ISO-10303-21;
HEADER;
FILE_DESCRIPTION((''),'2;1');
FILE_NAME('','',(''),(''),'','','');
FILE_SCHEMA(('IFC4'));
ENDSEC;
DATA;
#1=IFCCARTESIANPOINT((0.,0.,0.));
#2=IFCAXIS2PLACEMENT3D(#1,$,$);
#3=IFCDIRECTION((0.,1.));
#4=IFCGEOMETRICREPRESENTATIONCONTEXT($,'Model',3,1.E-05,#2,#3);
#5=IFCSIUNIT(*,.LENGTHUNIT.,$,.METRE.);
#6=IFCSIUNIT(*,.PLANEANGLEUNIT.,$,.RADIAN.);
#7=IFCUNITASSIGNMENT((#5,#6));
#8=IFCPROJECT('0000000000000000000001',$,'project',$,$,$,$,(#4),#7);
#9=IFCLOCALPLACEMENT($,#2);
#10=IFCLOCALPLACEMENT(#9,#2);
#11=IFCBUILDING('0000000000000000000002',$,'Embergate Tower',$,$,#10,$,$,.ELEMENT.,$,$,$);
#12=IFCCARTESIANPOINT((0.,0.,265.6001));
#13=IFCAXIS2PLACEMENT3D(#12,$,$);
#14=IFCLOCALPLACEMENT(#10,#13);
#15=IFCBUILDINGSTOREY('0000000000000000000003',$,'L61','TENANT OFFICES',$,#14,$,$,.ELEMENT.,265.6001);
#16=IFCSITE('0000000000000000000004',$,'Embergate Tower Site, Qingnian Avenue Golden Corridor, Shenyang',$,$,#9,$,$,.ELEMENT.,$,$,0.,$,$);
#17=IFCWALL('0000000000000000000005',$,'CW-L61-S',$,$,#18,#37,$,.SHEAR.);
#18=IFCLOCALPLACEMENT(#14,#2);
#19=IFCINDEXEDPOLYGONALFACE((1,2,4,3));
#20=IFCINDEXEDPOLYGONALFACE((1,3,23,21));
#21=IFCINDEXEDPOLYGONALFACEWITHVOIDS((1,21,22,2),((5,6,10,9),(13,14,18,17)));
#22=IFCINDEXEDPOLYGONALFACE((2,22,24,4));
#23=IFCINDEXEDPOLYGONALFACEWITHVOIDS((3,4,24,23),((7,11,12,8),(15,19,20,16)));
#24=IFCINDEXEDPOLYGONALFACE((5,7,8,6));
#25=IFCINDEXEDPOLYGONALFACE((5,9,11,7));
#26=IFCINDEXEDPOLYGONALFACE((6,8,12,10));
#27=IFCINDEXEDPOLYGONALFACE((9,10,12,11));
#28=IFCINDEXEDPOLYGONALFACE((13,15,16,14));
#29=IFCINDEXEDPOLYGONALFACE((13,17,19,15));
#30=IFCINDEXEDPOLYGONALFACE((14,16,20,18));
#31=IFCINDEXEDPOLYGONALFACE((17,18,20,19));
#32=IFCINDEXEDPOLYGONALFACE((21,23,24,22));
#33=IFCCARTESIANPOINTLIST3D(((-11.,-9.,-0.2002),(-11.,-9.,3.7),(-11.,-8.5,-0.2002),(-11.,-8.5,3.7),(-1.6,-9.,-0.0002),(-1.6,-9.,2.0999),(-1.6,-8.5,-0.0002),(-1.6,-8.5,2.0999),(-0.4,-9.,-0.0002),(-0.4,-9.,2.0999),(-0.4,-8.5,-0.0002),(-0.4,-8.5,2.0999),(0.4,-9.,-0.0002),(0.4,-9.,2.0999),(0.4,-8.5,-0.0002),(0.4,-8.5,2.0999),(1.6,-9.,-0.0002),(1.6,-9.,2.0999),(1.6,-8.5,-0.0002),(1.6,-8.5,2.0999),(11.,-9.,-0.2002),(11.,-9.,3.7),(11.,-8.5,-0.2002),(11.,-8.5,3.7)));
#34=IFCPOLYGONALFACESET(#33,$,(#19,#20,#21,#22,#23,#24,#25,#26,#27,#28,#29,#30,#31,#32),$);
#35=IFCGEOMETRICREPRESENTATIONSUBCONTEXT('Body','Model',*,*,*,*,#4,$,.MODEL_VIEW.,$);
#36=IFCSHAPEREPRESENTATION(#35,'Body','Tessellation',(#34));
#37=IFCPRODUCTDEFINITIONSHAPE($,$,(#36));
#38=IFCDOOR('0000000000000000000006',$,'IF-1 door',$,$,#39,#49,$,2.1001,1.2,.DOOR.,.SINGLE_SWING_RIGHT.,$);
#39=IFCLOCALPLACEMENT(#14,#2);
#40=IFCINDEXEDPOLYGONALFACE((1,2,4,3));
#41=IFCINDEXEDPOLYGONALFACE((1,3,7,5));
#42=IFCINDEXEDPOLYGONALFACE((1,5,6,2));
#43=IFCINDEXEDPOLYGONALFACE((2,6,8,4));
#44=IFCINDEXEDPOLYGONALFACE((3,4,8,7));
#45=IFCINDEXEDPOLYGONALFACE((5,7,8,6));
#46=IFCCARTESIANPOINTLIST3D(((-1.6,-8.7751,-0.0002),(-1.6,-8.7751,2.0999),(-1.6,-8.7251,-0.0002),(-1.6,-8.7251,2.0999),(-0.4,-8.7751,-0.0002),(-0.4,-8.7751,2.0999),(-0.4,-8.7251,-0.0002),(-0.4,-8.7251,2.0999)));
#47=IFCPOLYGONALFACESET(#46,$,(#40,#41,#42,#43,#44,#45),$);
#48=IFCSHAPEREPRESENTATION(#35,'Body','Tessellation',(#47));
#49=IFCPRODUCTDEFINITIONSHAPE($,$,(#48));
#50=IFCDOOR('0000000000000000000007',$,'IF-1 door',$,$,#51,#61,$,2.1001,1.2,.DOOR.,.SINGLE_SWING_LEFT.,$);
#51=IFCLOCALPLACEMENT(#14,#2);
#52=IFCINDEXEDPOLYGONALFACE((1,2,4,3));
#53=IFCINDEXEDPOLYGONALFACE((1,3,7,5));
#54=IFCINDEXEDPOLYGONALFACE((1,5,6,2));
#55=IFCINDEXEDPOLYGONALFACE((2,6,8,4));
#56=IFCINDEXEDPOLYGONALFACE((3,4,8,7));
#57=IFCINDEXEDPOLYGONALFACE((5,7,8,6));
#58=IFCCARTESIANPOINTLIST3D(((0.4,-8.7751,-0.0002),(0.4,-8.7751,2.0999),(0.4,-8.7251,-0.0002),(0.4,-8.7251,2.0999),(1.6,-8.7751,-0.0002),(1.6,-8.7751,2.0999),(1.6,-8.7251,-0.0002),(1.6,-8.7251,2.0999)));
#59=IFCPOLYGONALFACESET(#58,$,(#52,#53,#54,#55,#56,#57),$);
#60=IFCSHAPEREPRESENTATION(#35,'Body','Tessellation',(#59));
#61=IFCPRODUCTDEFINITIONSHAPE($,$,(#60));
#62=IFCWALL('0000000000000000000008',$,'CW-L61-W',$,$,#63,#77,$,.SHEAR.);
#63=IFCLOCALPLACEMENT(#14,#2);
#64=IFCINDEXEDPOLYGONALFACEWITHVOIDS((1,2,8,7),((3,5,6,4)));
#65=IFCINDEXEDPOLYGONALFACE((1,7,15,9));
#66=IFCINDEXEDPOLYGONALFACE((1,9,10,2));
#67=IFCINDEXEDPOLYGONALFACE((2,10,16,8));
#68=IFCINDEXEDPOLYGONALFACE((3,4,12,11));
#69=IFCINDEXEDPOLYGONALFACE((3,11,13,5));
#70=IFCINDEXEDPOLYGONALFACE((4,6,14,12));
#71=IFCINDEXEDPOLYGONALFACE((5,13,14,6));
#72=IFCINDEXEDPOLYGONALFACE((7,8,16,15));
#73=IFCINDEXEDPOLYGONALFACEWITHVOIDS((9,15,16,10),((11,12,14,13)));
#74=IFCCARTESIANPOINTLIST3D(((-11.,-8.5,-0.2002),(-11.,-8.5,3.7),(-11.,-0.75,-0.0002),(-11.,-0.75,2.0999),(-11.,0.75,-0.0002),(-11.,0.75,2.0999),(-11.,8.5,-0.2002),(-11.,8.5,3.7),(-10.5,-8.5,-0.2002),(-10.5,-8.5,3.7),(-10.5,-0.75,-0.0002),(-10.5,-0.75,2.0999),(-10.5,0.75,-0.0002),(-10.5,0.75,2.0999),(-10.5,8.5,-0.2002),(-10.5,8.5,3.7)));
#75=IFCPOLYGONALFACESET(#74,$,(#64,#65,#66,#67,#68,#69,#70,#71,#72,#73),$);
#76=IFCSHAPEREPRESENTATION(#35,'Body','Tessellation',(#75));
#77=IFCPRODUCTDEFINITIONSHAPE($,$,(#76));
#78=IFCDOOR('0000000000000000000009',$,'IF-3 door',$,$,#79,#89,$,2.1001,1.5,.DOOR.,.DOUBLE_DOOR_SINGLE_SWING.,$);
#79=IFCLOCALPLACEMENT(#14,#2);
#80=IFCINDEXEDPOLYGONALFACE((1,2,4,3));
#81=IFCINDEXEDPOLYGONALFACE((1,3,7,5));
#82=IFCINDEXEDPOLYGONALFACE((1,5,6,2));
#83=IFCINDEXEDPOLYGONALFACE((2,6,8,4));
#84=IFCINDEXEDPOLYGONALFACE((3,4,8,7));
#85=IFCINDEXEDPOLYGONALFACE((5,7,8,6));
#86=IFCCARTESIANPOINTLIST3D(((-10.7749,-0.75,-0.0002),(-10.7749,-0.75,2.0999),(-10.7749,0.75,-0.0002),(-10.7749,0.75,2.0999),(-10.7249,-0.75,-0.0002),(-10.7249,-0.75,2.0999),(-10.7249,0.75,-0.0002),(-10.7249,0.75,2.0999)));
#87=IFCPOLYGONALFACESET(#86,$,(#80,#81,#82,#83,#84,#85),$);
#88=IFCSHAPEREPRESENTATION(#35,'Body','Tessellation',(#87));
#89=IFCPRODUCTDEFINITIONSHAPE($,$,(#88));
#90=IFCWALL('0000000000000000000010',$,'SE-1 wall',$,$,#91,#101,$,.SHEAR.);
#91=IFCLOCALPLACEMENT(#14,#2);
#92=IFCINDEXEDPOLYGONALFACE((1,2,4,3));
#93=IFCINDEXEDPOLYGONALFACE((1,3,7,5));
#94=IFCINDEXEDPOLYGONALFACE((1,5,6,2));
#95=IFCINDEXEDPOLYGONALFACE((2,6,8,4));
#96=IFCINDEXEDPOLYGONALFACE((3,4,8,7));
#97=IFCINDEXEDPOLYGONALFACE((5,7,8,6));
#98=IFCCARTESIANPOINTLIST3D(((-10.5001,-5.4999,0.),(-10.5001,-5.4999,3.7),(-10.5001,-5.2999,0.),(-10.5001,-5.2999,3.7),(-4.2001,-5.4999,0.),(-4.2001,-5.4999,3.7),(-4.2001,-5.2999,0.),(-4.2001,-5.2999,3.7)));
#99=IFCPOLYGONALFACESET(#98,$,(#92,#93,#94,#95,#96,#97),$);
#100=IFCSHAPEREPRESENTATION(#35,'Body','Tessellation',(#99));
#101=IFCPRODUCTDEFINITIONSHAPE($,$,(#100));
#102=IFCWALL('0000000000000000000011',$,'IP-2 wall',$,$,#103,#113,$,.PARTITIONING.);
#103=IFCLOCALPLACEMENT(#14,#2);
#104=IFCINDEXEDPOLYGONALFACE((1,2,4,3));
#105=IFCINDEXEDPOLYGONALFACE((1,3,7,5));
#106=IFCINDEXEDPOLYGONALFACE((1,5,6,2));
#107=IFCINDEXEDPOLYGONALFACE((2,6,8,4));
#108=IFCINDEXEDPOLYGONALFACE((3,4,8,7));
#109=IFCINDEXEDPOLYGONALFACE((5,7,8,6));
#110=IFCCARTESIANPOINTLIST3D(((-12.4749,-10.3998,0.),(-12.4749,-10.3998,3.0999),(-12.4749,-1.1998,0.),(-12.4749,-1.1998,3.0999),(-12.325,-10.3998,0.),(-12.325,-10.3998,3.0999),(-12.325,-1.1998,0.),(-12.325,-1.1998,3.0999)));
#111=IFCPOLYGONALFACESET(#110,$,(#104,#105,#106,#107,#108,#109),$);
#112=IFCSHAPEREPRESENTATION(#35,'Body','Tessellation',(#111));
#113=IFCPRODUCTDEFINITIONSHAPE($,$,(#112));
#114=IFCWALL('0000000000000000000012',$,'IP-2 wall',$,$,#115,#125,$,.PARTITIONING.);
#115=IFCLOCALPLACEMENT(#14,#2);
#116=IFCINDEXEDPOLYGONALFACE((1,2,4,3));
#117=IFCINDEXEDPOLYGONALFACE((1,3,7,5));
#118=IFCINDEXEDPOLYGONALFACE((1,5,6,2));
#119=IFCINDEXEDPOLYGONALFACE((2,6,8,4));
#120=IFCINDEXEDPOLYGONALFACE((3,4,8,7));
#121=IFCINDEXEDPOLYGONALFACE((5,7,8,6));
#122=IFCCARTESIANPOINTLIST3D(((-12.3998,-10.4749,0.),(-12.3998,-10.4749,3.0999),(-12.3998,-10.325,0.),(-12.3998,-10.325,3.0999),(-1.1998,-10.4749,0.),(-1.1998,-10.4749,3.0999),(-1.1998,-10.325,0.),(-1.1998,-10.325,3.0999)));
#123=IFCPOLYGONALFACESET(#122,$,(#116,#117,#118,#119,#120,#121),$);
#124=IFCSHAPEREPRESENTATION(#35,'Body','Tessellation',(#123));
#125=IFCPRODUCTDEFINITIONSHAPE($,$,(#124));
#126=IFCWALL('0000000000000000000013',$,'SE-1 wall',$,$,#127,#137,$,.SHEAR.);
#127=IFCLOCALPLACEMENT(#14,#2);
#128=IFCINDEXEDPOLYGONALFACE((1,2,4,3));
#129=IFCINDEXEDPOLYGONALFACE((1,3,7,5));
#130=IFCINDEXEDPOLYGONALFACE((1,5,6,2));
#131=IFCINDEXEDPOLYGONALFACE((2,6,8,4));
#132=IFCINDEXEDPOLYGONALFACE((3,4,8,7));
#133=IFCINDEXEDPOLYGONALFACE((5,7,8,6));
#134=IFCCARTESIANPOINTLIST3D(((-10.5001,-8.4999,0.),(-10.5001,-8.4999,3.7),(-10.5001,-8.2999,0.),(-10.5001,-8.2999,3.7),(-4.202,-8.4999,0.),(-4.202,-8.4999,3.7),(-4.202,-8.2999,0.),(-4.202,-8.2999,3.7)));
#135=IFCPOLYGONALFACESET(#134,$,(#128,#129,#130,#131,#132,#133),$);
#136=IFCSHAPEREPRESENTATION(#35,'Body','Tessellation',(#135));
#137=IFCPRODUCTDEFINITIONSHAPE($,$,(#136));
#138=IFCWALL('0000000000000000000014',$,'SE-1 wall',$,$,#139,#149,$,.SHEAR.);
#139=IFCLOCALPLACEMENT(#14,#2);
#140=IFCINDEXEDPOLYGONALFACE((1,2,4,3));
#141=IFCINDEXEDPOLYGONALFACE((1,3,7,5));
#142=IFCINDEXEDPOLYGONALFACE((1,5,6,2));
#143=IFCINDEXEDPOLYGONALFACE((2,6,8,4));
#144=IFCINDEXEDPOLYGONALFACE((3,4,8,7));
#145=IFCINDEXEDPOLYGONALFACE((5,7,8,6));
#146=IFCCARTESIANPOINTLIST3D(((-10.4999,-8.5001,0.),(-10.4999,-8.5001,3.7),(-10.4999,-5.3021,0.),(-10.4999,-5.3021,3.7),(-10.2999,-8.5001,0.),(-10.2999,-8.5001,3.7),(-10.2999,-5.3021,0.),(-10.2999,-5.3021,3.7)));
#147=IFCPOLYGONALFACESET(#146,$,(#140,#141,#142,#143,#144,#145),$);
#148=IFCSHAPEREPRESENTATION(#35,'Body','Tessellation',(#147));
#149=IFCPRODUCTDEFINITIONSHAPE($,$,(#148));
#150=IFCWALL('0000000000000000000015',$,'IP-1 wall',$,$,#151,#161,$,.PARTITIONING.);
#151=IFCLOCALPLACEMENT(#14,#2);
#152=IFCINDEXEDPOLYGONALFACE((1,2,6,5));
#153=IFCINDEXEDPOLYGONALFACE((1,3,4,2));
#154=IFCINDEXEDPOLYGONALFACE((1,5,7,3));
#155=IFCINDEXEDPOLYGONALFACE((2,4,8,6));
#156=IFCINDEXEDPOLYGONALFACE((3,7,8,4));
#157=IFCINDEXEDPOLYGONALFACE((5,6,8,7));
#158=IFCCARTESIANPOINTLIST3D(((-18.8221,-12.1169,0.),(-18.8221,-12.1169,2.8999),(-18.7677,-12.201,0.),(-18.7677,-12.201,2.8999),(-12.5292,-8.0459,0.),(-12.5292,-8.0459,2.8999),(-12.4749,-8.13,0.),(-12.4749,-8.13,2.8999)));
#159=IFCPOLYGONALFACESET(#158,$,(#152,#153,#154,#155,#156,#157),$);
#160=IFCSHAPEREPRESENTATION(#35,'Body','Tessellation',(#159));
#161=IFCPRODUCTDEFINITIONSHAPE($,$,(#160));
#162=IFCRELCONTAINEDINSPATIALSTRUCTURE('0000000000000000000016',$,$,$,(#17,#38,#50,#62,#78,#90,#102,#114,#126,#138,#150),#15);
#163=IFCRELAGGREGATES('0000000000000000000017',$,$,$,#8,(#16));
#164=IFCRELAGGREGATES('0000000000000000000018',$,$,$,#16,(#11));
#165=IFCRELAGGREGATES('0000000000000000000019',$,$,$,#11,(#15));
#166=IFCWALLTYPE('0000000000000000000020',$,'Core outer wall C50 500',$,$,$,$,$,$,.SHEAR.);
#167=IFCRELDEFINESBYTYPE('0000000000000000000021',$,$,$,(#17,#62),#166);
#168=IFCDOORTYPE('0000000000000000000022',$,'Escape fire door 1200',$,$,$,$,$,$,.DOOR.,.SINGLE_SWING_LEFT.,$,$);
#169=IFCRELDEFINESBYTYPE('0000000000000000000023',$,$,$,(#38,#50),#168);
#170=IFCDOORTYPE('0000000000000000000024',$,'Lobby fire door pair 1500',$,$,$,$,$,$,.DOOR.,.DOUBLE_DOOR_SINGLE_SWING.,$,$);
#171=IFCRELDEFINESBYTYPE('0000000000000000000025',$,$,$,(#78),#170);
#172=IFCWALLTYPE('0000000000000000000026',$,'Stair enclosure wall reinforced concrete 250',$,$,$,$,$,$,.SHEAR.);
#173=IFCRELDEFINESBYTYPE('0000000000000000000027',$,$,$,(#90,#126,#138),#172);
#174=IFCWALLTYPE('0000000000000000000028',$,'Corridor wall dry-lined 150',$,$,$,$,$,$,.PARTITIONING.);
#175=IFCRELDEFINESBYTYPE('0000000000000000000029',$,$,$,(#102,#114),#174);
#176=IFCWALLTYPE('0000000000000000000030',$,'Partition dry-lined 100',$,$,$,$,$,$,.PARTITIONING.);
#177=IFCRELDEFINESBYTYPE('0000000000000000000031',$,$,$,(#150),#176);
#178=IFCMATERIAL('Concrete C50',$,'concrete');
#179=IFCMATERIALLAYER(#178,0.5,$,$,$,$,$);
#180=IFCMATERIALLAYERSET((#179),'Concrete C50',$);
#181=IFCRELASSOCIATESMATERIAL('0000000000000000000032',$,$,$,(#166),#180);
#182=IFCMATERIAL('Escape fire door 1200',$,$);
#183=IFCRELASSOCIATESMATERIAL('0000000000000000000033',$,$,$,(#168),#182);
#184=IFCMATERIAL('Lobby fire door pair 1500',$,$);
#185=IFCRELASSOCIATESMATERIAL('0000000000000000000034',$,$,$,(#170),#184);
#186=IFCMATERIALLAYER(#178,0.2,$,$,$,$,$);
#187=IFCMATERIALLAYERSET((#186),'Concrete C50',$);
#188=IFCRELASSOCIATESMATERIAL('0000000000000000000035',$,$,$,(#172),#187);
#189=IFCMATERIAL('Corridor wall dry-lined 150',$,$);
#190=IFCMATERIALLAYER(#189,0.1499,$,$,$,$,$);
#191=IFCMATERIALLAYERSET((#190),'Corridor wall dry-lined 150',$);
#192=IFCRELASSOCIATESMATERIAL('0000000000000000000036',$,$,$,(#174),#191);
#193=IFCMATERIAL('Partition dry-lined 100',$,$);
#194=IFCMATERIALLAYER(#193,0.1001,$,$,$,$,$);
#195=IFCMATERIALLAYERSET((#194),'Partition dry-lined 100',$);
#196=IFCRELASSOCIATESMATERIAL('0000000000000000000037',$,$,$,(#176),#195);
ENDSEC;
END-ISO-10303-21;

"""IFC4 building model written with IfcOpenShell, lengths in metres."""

from ifc_helpers import new_model, si_unit, direction, frame, frame_2d, origin, place, context, subcontext, project, spatial, rectangle, extrude, source, transform, mapped, material, layer, layer_set, type_object, element, fill, save


model = new_model("IFC4")

# Units and contexts
model_context = context("Model", 3, precision=1e-05, world=origin(), true_north=direction((0.0, 1.0)))
body_context = subcontext(model_context, "Body", "Model", "MODEL_VIEW")
ifc_project = project(units=[si_unit("LENGTHUNIT", "METRE"), si_unit("PLANEANGLEUNIT", "RADIAN")], contexts=[model_context])

# Site, building, storey
site_placement = place(None, origin())
site = spatial("IfcSite", under=ifc_project, at=site_placement, Name="Embergate Tower Site, Qingnian Avenue Golden Corridor, Shenyang", CompositionType="ELEMENT", RefElevation=0.0)
building_placement = place(site_placement, origin())
building = spatial("IfcBuilding", under=site, at=building_placement, Name="Embergate Tower", CompositionType="ELEMENT")
storey_placement = place(building_placement, frame((0.0, 0.0, 265.6001)))
storey = spatial("IfcBuildingStorey", under=building, at=storey_placement, Name="L61", Description="TENANT OFFICES", CompositionType="ELEMENT", Elevation=265.6001)

# Wall, openings, doors
ifc_material_1 = material(Name="Concrete C50", Category="concrete")
ifc_layer_1 = layer(ifc_material_1, 0.5)
ifc_layer_set_1 = layer_set([ifc_layer_1], Name="Concrete C50")
wall_type_1 = type_object("IfcWallType", Name="Core outer wall C50 500", PredefinedType="SHEAR", material=ifc_layer_set_1)
shared_shape_1 = source(origin(), body_context, "Body", "SweptSolid", [
    extrude(rectangle(XDim=22.0, YDim=0.5, at=frame_2d((11.0, 0.0))), origin(), (0.0, 0.0, 1.0), 3.9001),
])
wall_1_placement = place(storey_placement, frame((-11.0, -8.75, -0.2002), z_axis=(0.0, 0.0, 1.0), x_axis=(1.0, 0.0, 0.0)))
wall_1 = element("IfcWall", 1, at=wall_1_placement, inside=storey, type_object=wall_type_1, Name="CW-L61-S", PredefinedType="SHEAR", context=body_context, shape_type="MappedRepresentation", body=[
    mapped(shared_shape_1, transform((0.0, 0.0, 0.0))),
])
shared_shape_2 = source(origin(), body_context, "Body", "SweptSolid", [
    extrude(rectangle(XDim=1.2, YDim=2.1001, at=frame_2d((0.6001, 1.05))), frame((0.0, 0.26, 0.0), z_axis=(0.0, -1.0, 0.0), x_axis=(1.0, 0.0, 0.0)), (0.0, 0.0, 1.0), 0.52),
])
opening_1_placement = place(wall_1_placement, frame((9.3999, 0.0, 0.2)))
opening_1 = element("IfcOpeningElement", 2, at=opening_1_placement, cuts=wall_1, PredefinedType="OPENING", context=body_context, shape_type="MappedRepresentation", body=[
    mapped(shared_shape_2, transform((0.0, 0.0, 0.0))),
])
opening_2_placement = place(wall_1_placement, frame((11.3999, 0.0, 0.2)))
opening_2 = element("IfcOpeningElement", 3, at=opening_2_placement, cuts=wall_1, PredefinedType="OPENING", context=body_context, shape_type="MappedRepresentation", body=[
    mapped(shared_shape_2, transform((0.0, 0.0, 0.0))),
])
ifc_material_2 = material(Name="Escape fire door 1200")
door_type_1 = type_object("IfcDoorType", Name="Escape fire door 1200", OperationType="SINGLE_SWING_LEFT", PredefinedType="DOOR", material=ifc_material_2)
shared_shape_3 = source(origin(), body_context, "Body", "SweptSolid", [
    extrude(rectangle(XDim=1.2, YDim=2.1001, at=frame_2d((0.6001, 1.05))), frame((0.0, 0.0249, 0.0), z_axis=(0.0, -1.0, 0.0), x_axis=(1.0, 0.0, 0.0)), (0.0, 0.0, 1.0), 0.05),
])
door_1_placement = place(opening_1_placement, origin())
door_1 = element("IfcDoor", 4, at=door_1_placement, inside=storey, type_object=door_type_1, Name="IF-1 door", OperationType="SINGLE_SWING_RIGHT", OverallHeight=2.1001, OverallWidth=1.2, PredefinedType="DOOR", context=body_context, shape_type="MappedRepresentation", body=[
    mapped(shared_shape_3, transform((0.0, 0.0, 0.0))),
])
fill(opening_1, door_1)
door_2_placement = place(opening_2_placement, origin())
door_2 = element("IfcDoor", 5, at=door_2_placement, inside=storey, type_object=door_type_1, Name="IF-1 door", OperationType="SINGLE_SWING_LEFT", OverallHeight=2.1001, OverallWidth=1.2, PredefinedType="DOOR", context=body_context, shape_type="MappedRepresentation", body=[
    mapped(shared_shape_3, transform((0.0, 0.0, 0.0))),
])
fill(opening_2, door_2)

# Wall, opening, door
shared_shape_4 = source(origin(), body_context, "Body", "SweptSolid", [
    extrude(rectangle(XDim=17.0, YDim=0.5, at=frame_2d((8.5, 0.0))), origin(), (0.0, 0.0, 1.0), 3.9001),
])
wall_2_placement = place(storey_placement, frame((-10.75, -8.5, -0.2002), z_axis=(0.0, 0.0, 1.0), x_axis=(0.0, 1.0, 0.0)))
wall_2 = element("IfcWall", 6, at=wall_2_placement, inside=storey, type_object=wall_type_1, Name="CW-L61-W", PredefinedType="SHEAR", context=body_context, shape_type="MappedRepresentation", body=[
    mapped(shared_shape_4, transform((0.0, 0.0, 0.0))),
])
shared_shape_5 = source(origin(), body_context, "Body", "SweptSolid", [
    extrude(rectangle(XDim=1.5, YDim=2.1001, at=frame_2d((0.75, 1.05))), frame((0.0, 0.26, 0.0), z_axis=(0.0, -1.0, 0.0), x_axis=(1.0, 0.0, 0.0)), (0.0, 0.0, 1.0), 0.52),
])
opening_3_placement = place(wall_2_placement, frame((7.75, 0.0, 0.2)))
opening_3 = element("IfcOpeningElement", 7, at=opening_3_placement, cuts=wall_2, PredefinedType="OPENING", context=body_context, shape_type="MappedRepresentation", body=[
    mapped(shared_shape_5, transform((0.0, 0.0, 0.0))),
])
ifc_material_3 = material(Name="Lobby fire door pair 1500")
door_type_2 = type_object("IfcDoorType", Name="Lobby fire door pair 1500", OperationType="DOUBLE_DOOR_SINGLE_SWING", PredefinedType="DOOR", material=ifc_material_3)
shared_shape_6 = source(origin(), body_context, "Body", "SweptSolid", [
    extrude(rectangle(XDim=1.5, YDim=2.1001, at=frame_2d((0.75, 1.05))), frame((0.0, 0.0249, 0.0), z_axis=(0.0, -1.0, 0.0), x_axis=(1.0, 0.0, 0.0)), (0.0, 0.0, 1.0), 0.05),
])
door_3_placement = place(opening_3_placement, origin())
door_3 = element("IfcDoor", 8, at=door_3_placement, inside=storey, type_object=door_type_2, Name="IF-3 door", OperationType="DOUBLE_DOOR_SINGLE_SWING", OverallHeight=2.1001, OverallWidth=1.5, PredefinedType="DOOR", context=body_context, shape_type="MappedRepresentation", body=[
    mapped(shared_shape_6, transform((0.0, 0.0, 0.0))),
])
fill(opening_3, door_3)

# Walls
ifc_layer_2 = layer(ifc_material_1, 0.2)
ifc_layer_set_2 = layer_set([ifc_layer_2], Name="Concrete C50")
wall_type_2 = type_object("IfcWallType", Name="Stair enclosure wall reinforced concrete 250", PredefinedType="SHEAR", material=ifc_layer_set_2)
shared_shape_7 = source(origin(), body_context, "Body", "SweptSolid", [
    extrude(rectangle(XDim=6.3, YDim=0.2, at=frame_2d((3.1499, 0.0))), origin(), (0.0, 0.0, 1.0), 3.7),
])
wall_3_placement = place(storey_placement, frame((-10.5, -5.3999, 0.0), z_axis=(0.0, 0.0, 1.0), x_axis=(1.0, 0.0, 0.0)))
element("IfcWall", 9, at=wall_3_placement, inside=storey, type_object=wall_type_2, Name="SE-1 wall", PredefinedType="SHEAR", context=body_context, shape_type="MappedRepresentation", body=[
    mapped(shared_shape_7, transform((0.0, 0.0, 0.0))),
])
ifc_material_4 = material(Name="Corridor wall dry-lined 150")
ifc_layer_3 = layer(ifc_material_4, 0.1499)
ifc_layer_set_3 = layer_set([ifc_layer_3], Name="Corridor wall dry-lined 150")
wall_type_3 = type_object("IfcWallType", Name="Corridor wall dry-lined 150", PredefinedType="PARTITIONING", material=ifc_layer_set_3)
shared_shape_8 = source(origin(), body_context, "Body", "SweptSolid", [
    extrude(rectangle(XDim=9.2, YDim=0.1499, at=frame_2d((4.6001, 0.0))), origin(), (0.0, 0.0, 1.0), 3.0999),
])
wall_4_placement = place(storey_placement, frame((-12.3999, -10.3999, 0.0), z_axis=(0.0, 0.0, 1.0), x_axis=(0.0, 1.0, 0.0)))
element("IfcWall", 10, at=wall_4_placement, inside=storey, type_object=wall_type_3, Name="IP-2 wall", PredefinedType="PARTITIONING", context=body_context, shape_type="MappedRepresentation", body=[
    mapped(shared_shape_8, transform((0.0, 0.0, 0.0))),
])
shared_shape_9 = source(origin(), body_context, "Body", "SweptSolid", [
    extrude(rectangle(XDim=11.2, YDim=0.1499, at=frame_2d((5.6001, 0.0))), origin(), (0.0, 0.0, 1.0), 3.0999),
])
wall_5_placement = place(storey_placement, frame((-12.3999, -10.3999, 0.0), z_axis=(0.0, 0.0, 1.0), x_axis=(1.0, 0.0, 0.0)))
element("IfcWall", 11, at=wall_5_placement, inside=storey, type_object=wall_type_3, Name="IP-2 wall", PredefinedType="PARTITIONING", context=body_context, shape_type="MappedRepresentation", body=[
    mapped(shared_shape_9, transform((0.0, 0.0, 0.0))),
])
shared_shape_10 = source(origin(), body_context, "Body", "SweptSolid", [
    extrude(rectangle(XDim=6.2981, YDim=0.2, at=frame_2d((3.1489, 0.0))), origin(), (0.0, 0.0, 1.0), 3.7),
])
wall_6_placement = place(storey_placement, frame((-10.5, -8.3999, 0.0), z_axis=(0.0, 0.0, 1.0), x_axis=(1.0, 0.0, 0.0)))
element("IfcWall", 12, at=wall_6_placement, inside=storey, type_object=wall_type_2, Name="SE-1 wall", PredefinedType="SHEAR", context=body_context, shape_type="MappedRepresentation", body=[
    mapped(shared_shape_10, transform((0.0, 0.0, 0.0))),
])
shared_shape_11 = source(origin(), body_context, "Body", "SweptSolid", [
    extrude(rectangle(XDim=3.198, YDim=0.2, at=frame_2d((1.5991, 0.0))), origin(), (0.0, 0.0, 1.0), 3.7),
])
wall_7_placement = place(storey_placement, frame((-10.3999, -5.302, 0.0), z_axis=(0.0, 0.0, 1.0), x_axis=(0.0, -1.0, 0.0)))
element("IfcWall", 13, at=wall_7_placement, inside=storey, type_object=wall_type_2, Name="SE-1 wall", PredefinedType="SHEAR", context=body_context, shape_type="MappedRepresentation", body=[
    mapped(shared_shape_11, transform((0.0, 0.0, 0.0))),
])
ifc_material_5 = material(Name="Partition dry-lined 100")
ifc_layer_4 = layer(ifc_material_5, 0.1001)
ifc_layer_set_4 = layer_set([ifc_layer_4], Name="Partition dry-lined 100")
wall_type_4 = type_object("IfcWallType", Name="Partition dry-lined 100", PredefinedType="PARTITIONING", material=ifc_layer_set_4)
shared_shape_12 = source(origin(), body_context, "Body", "SweptSolid", [
    extrude(rectangle(XDim=7.4949, YDim=0.1001, at=frame_2d((3.7476, 0.0))), origin(), (0.0, 0.0, 1.0), 2.8999),
])
wall_8_placement = place(storey_placement, frame((-12.502, -8.0879, 0.0), z_axis=(0.0, 0.0, 1.0), x_axis=(-0.839623, -0.543169, 0.0)))
element("IfcWall", 14, at=wall_8_placement, inside=storey, type_object=wall_type_4, Name="IP-1 wall", PredefinedType="PARTITIONING", context=body_context, shape_type="MappedRepresentation", body=[
    mapped(shared_shape_12, transform((0.0, 0.0, 0.0))),
])

save(model, "model.ifc")
